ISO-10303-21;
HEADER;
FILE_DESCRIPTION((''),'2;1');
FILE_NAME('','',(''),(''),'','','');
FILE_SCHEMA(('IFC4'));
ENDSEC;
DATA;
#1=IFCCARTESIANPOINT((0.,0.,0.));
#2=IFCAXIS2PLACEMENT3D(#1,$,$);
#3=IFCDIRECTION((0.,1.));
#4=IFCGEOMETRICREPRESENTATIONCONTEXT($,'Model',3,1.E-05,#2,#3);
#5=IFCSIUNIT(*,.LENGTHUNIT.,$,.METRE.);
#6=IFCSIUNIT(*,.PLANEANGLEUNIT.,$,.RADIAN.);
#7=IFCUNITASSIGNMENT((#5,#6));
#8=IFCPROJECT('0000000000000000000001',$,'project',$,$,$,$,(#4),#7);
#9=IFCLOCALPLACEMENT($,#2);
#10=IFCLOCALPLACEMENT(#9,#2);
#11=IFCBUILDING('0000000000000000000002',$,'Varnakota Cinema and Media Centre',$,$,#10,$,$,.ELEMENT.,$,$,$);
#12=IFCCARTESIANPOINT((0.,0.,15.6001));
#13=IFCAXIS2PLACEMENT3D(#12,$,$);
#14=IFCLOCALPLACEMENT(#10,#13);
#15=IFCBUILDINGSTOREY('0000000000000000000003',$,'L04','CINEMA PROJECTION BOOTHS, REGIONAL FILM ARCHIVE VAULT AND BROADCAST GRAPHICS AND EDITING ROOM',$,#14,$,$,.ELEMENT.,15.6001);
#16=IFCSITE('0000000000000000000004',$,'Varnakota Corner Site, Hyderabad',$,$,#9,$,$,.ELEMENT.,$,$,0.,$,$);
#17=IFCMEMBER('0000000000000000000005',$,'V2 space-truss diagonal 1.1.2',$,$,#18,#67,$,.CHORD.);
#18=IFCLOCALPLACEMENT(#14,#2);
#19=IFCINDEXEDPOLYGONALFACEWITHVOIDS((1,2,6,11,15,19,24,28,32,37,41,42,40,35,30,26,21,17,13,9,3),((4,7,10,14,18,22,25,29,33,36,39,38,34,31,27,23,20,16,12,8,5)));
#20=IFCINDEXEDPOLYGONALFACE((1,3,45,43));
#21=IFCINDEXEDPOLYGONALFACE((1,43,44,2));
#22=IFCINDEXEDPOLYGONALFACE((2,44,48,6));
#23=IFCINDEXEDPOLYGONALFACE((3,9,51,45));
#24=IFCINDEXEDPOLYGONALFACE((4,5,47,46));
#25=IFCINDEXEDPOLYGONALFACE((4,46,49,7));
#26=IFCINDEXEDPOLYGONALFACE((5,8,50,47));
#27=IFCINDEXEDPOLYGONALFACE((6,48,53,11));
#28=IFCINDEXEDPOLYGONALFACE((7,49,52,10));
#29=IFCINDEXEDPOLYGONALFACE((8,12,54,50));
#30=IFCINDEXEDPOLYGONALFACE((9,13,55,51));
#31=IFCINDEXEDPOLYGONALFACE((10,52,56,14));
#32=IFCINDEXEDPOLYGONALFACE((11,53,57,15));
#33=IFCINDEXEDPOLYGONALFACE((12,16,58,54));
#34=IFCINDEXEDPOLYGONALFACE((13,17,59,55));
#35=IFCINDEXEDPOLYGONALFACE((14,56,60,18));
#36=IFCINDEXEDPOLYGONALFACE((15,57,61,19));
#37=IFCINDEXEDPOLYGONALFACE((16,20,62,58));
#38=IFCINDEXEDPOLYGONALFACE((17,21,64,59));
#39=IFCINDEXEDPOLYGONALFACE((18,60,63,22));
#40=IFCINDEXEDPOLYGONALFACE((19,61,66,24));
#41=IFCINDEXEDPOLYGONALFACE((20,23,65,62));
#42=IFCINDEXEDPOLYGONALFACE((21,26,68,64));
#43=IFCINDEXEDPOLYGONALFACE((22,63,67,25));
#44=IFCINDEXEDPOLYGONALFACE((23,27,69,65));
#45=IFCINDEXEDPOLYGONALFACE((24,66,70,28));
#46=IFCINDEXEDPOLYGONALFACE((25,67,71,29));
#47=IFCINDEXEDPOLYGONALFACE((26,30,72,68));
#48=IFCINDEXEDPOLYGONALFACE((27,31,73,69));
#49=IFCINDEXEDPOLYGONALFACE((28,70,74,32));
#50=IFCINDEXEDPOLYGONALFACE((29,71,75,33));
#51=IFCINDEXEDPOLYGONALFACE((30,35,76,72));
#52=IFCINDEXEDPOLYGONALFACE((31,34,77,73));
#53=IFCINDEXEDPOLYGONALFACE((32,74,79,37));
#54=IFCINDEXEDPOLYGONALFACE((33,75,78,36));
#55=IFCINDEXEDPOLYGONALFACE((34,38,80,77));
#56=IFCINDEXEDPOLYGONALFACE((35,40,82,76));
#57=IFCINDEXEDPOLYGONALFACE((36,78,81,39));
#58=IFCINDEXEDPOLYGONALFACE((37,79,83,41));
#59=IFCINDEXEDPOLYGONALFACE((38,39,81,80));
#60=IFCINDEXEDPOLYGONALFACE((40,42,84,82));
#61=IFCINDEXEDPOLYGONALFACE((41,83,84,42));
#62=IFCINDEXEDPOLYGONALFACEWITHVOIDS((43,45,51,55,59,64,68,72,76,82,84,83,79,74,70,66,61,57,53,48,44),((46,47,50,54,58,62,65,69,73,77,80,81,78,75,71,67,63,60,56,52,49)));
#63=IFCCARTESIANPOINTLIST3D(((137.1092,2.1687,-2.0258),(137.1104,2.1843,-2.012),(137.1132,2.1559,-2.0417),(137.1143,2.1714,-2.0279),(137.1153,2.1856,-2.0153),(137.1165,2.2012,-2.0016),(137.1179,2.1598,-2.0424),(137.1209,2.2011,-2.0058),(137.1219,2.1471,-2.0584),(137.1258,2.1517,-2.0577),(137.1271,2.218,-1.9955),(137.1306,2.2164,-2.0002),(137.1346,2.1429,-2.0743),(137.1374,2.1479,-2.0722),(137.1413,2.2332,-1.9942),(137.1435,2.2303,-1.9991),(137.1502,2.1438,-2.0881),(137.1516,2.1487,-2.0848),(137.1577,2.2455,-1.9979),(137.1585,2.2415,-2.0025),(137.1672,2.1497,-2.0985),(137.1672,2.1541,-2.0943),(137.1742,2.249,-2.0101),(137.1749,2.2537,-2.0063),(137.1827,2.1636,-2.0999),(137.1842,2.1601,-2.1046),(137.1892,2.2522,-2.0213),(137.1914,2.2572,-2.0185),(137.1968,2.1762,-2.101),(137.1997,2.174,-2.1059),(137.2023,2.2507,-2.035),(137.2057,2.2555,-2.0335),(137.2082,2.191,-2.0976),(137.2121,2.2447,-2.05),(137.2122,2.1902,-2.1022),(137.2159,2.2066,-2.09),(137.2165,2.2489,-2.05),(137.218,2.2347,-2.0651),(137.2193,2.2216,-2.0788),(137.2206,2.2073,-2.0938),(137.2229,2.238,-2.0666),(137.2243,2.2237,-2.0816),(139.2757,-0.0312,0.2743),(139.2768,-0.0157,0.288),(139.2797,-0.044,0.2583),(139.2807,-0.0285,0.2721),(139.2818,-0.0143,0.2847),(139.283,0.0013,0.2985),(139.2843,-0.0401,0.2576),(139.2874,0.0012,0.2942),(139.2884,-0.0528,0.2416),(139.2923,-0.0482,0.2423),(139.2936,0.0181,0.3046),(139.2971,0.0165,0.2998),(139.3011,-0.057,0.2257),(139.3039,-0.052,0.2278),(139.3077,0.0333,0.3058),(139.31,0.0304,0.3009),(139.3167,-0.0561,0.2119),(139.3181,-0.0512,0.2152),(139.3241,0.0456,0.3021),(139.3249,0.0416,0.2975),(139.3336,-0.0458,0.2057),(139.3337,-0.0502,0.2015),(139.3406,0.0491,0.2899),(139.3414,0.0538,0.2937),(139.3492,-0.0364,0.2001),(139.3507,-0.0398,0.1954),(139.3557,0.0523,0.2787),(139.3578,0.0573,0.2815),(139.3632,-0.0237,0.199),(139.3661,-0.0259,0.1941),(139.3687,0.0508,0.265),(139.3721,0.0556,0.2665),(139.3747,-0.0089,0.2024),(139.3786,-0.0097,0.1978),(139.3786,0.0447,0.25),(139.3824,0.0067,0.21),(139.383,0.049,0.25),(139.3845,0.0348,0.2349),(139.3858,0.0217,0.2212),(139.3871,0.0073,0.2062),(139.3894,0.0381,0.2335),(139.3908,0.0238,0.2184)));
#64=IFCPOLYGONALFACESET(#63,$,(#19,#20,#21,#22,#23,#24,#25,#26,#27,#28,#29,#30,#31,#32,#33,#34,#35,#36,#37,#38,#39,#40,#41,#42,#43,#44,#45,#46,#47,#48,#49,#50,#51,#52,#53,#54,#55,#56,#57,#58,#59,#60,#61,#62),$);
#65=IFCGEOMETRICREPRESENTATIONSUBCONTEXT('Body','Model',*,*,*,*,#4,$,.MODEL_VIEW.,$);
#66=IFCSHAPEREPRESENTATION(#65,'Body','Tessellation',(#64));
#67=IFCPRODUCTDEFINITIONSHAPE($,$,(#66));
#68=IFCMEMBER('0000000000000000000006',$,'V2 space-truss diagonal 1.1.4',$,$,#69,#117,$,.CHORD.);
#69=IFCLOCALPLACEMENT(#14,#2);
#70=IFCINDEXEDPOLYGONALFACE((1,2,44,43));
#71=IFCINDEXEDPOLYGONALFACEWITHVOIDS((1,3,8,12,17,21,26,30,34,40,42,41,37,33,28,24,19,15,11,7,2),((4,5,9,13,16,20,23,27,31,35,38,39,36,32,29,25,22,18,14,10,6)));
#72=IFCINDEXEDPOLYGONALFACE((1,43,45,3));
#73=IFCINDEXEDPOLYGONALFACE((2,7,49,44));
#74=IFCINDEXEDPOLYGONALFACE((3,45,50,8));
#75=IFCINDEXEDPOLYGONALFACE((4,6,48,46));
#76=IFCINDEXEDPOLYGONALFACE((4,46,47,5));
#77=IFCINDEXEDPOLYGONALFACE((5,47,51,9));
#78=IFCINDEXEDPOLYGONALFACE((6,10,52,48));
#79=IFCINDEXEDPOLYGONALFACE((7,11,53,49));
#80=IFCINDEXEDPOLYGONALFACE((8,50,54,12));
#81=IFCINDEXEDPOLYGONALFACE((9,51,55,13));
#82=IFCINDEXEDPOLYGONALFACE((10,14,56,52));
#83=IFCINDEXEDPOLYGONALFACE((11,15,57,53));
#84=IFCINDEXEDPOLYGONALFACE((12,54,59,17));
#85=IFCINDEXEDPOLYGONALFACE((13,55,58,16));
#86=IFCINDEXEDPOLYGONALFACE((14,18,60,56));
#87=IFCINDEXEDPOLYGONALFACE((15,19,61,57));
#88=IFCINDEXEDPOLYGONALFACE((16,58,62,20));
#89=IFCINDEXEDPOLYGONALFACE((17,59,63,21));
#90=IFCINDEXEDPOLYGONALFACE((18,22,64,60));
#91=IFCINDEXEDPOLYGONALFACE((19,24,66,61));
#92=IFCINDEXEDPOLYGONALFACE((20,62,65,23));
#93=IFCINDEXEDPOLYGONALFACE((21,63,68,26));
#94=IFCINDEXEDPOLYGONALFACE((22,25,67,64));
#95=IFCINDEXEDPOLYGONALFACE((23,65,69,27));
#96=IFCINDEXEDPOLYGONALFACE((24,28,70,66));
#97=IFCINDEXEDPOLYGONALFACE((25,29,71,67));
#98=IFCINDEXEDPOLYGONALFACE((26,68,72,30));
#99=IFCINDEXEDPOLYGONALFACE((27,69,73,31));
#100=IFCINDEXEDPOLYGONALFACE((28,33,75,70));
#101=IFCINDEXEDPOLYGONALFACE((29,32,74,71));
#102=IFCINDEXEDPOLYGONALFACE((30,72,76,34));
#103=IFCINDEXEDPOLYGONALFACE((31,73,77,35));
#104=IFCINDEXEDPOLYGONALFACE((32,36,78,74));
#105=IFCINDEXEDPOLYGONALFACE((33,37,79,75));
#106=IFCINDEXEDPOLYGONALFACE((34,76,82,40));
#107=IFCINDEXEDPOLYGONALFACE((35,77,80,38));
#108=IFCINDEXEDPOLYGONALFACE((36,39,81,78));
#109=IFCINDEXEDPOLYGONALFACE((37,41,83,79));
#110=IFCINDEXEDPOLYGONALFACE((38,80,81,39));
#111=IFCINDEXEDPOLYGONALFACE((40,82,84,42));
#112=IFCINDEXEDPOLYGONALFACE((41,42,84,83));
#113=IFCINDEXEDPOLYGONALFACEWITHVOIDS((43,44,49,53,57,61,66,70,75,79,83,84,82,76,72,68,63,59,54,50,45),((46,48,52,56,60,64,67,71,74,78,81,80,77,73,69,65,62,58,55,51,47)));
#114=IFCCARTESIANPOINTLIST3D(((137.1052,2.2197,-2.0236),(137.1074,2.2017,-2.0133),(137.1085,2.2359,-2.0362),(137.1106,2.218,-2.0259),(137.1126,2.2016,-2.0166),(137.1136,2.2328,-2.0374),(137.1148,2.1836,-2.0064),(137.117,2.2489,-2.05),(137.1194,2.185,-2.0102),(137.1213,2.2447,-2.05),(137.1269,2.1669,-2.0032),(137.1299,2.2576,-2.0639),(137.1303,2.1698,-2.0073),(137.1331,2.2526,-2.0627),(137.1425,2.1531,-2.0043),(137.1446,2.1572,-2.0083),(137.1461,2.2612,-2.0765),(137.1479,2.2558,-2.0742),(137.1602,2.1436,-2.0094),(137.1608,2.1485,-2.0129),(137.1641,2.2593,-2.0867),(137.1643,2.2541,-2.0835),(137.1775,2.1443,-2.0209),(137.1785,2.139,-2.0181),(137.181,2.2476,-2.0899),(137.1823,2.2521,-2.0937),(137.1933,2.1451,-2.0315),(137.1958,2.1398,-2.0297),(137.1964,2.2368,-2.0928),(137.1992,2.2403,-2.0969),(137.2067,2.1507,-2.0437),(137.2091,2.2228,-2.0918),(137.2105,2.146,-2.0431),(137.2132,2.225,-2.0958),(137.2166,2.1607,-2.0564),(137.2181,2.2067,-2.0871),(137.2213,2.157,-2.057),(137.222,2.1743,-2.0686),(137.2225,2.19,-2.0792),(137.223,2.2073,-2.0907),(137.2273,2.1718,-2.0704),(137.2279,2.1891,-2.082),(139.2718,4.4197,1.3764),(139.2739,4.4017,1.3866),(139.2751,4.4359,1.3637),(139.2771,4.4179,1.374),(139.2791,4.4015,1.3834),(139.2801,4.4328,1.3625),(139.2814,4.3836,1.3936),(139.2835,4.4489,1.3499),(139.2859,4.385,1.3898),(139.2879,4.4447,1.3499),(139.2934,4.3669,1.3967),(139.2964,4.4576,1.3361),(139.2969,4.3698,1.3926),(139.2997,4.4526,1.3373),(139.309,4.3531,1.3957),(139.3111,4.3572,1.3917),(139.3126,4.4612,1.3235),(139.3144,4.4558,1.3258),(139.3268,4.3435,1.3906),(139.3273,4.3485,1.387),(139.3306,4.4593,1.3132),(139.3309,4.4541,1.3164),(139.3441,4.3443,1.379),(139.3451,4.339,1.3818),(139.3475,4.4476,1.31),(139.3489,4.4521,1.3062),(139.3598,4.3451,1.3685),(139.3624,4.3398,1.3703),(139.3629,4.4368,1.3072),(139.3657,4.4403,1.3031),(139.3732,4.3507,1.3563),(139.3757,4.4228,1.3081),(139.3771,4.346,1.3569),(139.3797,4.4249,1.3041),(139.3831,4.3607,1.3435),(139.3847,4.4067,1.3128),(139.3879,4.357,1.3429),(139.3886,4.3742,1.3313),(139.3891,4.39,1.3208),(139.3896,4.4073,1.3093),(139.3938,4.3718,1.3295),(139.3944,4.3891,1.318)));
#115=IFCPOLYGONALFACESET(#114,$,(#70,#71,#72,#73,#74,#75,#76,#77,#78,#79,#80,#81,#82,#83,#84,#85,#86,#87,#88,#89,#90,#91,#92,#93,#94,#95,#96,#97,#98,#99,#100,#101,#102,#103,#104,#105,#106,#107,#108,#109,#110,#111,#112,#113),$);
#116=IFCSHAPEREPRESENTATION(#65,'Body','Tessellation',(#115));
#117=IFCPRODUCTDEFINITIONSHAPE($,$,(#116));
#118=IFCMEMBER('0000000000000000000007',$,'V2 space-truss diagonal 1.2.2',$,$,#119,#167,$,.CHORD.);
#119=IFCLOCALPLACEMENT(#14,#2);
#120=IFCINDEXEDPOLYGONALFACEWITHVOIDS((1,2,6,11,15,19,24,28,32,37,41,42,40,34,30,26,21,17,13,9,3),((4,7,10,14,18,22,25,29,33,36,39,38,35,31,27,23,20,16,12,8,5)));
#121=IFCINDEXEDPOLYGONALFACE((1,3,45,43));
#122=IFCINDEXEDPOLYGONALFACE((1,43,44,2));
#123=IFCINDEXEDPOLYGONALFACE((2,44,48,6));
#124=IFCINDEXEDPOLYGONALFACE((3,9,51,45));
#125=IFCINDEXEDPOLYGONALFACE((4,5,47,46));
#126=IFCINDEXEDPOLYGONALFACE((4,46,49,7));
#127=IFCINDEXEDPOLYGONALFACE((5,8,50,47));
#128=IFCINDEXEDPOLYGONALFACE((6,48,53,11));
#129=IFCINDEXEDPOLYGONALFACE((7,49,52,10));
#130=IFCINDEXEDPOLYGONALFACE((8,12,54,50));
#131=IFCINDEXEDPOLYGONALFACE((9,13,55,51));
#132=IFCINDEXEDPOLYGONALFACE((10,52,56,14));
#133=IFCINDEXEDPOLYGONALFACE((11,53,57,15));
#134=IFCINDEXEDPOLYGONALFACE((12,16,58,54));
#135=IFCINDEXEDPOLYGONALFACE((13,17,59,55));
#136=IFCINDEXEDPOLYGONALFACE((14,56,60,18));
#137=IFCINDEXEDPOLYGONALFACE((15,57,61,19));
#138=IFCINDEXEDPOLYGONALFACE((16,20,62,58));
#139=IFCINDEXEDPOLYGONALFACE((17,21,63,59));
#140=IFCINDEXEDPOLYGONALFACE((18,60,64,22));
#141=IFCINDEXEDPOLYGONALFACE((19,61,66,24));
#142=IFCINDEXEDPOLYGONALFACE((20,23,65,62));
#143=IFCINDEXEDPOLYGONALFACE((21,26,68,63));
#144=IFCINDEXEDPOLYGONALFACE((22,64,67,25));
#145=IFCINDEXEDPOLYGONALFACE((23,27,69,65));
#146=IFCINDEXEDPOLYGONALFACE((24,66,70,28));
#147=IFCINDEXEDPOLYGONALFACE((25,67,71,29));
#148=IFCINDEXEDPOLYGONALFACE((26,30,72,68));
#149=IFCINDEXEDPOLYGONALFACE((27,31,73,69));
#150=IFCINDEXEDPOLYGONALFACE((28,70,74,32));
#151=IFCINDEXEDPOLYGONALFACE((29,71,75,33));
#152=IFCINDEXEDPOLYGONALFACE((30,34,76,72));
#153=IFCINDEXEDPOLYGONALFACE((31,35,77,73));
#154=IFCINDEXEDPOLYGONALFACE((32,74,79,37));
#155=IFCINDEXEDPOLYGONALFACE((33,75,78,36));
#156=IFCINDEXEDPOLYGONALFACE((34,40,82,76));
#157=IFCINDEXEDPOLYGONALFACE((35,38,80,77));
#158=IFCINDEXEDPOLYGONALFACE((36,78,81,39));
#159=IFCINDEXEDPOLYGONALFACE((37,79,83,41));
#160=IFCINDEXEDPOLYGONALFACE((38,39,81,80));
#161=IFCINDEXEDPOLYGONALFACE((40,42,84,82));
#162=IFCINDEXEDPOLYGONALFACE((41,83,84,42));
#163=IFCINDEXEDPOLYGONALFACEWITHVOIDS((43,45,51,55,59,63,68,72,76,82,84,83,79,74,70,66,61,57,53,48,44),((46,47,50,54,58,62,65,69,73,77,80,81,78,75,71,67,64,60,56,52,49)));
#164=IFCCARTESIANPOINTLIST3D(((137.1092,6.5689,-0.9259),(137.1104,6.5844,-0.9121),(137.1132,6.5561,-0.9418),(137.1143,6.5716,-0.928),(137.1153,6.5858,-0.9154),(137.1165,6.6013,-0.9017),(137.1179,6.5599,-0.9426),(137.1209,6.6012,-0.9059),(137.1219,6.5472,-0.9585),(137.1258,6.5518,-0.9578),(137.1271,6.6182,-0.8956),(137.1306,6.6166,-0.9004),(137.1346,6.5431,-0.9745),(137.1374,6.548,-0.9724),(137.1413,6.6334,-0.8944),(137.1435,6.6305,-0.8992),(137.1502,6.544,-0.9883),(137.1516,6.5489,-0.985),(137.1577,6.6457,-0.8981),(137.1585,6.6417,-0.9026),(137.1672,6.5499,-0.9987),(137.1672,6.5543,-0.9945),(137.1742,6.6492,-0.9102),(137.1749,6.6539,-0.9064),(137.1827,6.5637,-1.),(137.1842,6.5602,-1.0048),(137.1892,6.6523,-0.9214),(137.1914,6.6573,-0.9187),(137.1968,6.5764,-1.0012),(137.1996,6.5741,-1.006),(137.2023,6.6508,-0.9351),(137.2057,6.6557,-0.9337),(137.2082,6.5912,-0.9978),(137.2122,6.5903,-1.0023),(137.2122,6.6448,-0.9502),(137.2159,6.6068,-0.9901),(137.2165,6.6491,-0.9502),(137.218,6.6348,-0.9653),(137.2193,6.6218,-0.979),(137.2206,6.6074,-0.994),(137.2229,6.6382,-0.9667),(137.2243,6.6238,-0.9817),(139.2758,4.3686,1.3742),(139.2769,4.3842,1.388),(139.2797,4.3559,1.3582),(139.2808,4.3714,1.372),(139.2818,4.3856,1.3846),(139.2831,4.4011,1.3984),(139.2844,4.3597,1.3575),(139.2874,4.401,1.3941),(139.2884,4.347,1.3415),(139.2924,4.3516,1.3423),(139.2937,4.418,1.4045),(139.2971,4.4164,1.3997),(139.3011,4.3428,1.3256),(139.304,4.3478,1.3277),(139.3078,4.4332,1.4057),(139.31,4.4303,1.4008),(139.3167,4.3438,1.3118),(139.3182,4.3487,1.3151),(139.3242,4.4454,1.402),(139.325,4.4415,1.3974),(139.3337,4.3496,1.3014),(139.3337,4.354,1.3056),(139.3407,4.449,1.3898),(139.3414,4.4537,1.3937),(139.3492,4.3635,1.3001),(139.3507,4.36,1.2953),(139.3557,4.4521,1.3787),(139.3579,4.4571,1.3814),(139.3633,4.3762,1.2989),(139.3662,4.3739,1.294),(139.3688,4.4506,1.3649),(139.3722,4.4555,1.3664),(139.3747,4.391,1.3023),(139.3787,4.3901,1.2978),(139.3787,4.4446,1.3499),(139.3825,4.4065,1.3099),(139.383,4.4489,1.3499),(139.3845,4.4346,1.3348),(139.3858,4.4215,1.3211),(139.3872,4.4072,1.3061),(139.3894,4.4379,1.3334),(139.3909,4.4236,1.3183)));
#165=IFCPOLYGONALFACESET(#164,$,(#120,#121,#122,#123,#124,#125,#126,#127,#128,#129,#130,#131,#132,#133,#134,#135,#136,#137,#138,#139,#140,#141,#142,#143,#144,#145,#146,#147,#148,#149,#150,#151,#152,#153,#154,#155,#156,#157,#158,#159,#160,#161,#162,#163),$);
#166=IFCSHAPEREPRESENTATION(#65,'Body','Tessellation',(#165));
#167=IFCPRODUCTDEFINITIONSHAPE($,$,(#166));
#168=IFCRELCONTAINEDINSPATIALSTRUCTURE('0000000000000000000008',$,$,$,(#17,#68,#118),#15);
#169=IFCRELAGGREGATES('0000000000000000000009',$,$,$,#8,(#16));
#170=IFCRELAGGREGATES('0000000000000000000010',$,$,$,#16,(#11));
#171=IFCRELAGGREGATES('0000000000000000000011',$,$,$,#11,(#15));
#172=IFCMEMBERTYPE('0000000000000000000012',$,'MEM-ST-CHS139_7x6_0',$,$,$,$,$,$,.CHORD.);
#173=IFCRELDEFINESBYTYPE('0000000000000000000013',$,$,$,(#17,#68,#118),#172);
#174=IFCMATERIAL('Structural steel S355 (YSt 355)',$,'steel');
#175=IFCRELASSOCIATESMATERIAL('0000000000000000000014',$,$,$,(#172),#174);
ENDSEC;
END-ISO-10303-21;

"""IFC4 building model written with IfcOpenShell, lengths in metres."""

from ifc_helpers import new_model, si_unit, direction, frame, origin, origin_2d, place, context, subcontext, project, spatial, hollow_circle, extrude, material, material_profile, profile_set, type_object, element, save


model = new_model("IFC4")

# Units and contexts
model_context = context("Model", 3, precision=1e-05, world=origin(), true_north=direction((0.0, 1.0)))
body_context = subcontext(model_context, "Body", "Model", "MODEL_VIEW")
ifc_project = project(units=[si_unit("LENGTHUNIT", "METRE"), si_unit("PLANEANGLEUNIT", "RADIAN")], contexts=[model_context])

# Site, building, storey
site_placement = place(None, origin())
site = spatial("IfcSite", under=ifc_project, at=site_placement, Name="Varnakota Corner Site, Hyderabad", CompositionType="ELEMENT", RefElevation=0.0)
building_placement = place(site_placement, origin())
building = spatial("IfcBuilding", under=site, at=building_placement, Name="Varnakota Cinema and Media Centre", CompositionType="ELEMENT")
storey_placement = place(building_placement, frame((0.0, 0.0, 15.6001)))
storey = spatial("IfcBuildingStorey", under=building, at=storey_placement, Name="L04", Description="CINEMA PROJECTION BOOTHS, REGIONAL FILM ARCHIVE VAULT AND BROADCAST GRAPHICS AND EDITING ROOM", CompositionType="ELEMENT", Elevation=15.6001)

# Members
ifc_material_1 = material(Name="Structural steel S355 (YSt 355)", Category="steel")
ifc_material_profile_1 = material_profile(ifc_material_1, hollow_circle(Radius=0.0698, WallThickness=0.0061, at=origin_2d()), Name="CHS 139.7x6.0")
ifc_profile_set_1 = profile_set([ifc_material_profile_1], Name="Structural steel S355 (YSt 355)")
member_type_1 = type_object("IfcMemberType", Name="MEM-ST-CHS139_7x6_0", PredefinedType="CHORD", material=ifc_profile_set_1)
member_1_placement = place(storey_placement, frame((137.1667, 2.2, -2.05), z_axis=(0.562705, -0.571392, 0.59739), x_axis=(0.712502, 0.70167, 0.0)))
element("IfcMember", 1, at=member_1_placement, inside=storey, type_object=member_type_1, Name="V2 space-truss diagonal 1.1.2", PredefinedType="CHORD", context=body_context, shape_type="SweptSolid", body=[
    extrude(hollow_circle(Radius=0.0698, WallThickness=0.0061, at=origin_2d()), origin(), (0.0, 0.0, 1.0), 3.8501),
])
member_2_placement = place(storey_placement, frame((137.1667, 2.2, -2.05), z_axis=(0.471728, 0.479011, 0.740285), x_axis=(-0.712502, 0.70167, 0.0)))
element("IfcMember", 2, at=member_2_placement, inside=storey, type_object=member_type_1, Name="V2 space-truss diagonal 1.1.4", PredefinedType="CHORD", context=body_context, shape_type="SweptSolid", body=[
    extrude(hollow_circle(Radius=0.0698, WallThickness=0.0061, at=origin_2d()), origin(), (0.0, 0.0, 1.0), 4.5928),
])
member_3_placement = place(storey_placement, frame((137.1667, 6.6001, -0.9502), z_axis=(0.562684, -0.571435, 0.597368), x_axis=(0.712541, 0.70163, 0.0)))
element("IfcMember", 3, at=member_3_placement, inside=storey, type_object=member_type_1, Name="V2 space-truss diagonal 1.2.2", PredefinedType="CHORD", context=body_context, shape_type="SweptSolid", body=[
    extrude(hollow_circle(Radius=0.0698, WallThickness=0.0061, at=origin_2d()), origin(), (0.0, 0.0, 1.0), 3.8503),
])

save(model, "model.ifc")
